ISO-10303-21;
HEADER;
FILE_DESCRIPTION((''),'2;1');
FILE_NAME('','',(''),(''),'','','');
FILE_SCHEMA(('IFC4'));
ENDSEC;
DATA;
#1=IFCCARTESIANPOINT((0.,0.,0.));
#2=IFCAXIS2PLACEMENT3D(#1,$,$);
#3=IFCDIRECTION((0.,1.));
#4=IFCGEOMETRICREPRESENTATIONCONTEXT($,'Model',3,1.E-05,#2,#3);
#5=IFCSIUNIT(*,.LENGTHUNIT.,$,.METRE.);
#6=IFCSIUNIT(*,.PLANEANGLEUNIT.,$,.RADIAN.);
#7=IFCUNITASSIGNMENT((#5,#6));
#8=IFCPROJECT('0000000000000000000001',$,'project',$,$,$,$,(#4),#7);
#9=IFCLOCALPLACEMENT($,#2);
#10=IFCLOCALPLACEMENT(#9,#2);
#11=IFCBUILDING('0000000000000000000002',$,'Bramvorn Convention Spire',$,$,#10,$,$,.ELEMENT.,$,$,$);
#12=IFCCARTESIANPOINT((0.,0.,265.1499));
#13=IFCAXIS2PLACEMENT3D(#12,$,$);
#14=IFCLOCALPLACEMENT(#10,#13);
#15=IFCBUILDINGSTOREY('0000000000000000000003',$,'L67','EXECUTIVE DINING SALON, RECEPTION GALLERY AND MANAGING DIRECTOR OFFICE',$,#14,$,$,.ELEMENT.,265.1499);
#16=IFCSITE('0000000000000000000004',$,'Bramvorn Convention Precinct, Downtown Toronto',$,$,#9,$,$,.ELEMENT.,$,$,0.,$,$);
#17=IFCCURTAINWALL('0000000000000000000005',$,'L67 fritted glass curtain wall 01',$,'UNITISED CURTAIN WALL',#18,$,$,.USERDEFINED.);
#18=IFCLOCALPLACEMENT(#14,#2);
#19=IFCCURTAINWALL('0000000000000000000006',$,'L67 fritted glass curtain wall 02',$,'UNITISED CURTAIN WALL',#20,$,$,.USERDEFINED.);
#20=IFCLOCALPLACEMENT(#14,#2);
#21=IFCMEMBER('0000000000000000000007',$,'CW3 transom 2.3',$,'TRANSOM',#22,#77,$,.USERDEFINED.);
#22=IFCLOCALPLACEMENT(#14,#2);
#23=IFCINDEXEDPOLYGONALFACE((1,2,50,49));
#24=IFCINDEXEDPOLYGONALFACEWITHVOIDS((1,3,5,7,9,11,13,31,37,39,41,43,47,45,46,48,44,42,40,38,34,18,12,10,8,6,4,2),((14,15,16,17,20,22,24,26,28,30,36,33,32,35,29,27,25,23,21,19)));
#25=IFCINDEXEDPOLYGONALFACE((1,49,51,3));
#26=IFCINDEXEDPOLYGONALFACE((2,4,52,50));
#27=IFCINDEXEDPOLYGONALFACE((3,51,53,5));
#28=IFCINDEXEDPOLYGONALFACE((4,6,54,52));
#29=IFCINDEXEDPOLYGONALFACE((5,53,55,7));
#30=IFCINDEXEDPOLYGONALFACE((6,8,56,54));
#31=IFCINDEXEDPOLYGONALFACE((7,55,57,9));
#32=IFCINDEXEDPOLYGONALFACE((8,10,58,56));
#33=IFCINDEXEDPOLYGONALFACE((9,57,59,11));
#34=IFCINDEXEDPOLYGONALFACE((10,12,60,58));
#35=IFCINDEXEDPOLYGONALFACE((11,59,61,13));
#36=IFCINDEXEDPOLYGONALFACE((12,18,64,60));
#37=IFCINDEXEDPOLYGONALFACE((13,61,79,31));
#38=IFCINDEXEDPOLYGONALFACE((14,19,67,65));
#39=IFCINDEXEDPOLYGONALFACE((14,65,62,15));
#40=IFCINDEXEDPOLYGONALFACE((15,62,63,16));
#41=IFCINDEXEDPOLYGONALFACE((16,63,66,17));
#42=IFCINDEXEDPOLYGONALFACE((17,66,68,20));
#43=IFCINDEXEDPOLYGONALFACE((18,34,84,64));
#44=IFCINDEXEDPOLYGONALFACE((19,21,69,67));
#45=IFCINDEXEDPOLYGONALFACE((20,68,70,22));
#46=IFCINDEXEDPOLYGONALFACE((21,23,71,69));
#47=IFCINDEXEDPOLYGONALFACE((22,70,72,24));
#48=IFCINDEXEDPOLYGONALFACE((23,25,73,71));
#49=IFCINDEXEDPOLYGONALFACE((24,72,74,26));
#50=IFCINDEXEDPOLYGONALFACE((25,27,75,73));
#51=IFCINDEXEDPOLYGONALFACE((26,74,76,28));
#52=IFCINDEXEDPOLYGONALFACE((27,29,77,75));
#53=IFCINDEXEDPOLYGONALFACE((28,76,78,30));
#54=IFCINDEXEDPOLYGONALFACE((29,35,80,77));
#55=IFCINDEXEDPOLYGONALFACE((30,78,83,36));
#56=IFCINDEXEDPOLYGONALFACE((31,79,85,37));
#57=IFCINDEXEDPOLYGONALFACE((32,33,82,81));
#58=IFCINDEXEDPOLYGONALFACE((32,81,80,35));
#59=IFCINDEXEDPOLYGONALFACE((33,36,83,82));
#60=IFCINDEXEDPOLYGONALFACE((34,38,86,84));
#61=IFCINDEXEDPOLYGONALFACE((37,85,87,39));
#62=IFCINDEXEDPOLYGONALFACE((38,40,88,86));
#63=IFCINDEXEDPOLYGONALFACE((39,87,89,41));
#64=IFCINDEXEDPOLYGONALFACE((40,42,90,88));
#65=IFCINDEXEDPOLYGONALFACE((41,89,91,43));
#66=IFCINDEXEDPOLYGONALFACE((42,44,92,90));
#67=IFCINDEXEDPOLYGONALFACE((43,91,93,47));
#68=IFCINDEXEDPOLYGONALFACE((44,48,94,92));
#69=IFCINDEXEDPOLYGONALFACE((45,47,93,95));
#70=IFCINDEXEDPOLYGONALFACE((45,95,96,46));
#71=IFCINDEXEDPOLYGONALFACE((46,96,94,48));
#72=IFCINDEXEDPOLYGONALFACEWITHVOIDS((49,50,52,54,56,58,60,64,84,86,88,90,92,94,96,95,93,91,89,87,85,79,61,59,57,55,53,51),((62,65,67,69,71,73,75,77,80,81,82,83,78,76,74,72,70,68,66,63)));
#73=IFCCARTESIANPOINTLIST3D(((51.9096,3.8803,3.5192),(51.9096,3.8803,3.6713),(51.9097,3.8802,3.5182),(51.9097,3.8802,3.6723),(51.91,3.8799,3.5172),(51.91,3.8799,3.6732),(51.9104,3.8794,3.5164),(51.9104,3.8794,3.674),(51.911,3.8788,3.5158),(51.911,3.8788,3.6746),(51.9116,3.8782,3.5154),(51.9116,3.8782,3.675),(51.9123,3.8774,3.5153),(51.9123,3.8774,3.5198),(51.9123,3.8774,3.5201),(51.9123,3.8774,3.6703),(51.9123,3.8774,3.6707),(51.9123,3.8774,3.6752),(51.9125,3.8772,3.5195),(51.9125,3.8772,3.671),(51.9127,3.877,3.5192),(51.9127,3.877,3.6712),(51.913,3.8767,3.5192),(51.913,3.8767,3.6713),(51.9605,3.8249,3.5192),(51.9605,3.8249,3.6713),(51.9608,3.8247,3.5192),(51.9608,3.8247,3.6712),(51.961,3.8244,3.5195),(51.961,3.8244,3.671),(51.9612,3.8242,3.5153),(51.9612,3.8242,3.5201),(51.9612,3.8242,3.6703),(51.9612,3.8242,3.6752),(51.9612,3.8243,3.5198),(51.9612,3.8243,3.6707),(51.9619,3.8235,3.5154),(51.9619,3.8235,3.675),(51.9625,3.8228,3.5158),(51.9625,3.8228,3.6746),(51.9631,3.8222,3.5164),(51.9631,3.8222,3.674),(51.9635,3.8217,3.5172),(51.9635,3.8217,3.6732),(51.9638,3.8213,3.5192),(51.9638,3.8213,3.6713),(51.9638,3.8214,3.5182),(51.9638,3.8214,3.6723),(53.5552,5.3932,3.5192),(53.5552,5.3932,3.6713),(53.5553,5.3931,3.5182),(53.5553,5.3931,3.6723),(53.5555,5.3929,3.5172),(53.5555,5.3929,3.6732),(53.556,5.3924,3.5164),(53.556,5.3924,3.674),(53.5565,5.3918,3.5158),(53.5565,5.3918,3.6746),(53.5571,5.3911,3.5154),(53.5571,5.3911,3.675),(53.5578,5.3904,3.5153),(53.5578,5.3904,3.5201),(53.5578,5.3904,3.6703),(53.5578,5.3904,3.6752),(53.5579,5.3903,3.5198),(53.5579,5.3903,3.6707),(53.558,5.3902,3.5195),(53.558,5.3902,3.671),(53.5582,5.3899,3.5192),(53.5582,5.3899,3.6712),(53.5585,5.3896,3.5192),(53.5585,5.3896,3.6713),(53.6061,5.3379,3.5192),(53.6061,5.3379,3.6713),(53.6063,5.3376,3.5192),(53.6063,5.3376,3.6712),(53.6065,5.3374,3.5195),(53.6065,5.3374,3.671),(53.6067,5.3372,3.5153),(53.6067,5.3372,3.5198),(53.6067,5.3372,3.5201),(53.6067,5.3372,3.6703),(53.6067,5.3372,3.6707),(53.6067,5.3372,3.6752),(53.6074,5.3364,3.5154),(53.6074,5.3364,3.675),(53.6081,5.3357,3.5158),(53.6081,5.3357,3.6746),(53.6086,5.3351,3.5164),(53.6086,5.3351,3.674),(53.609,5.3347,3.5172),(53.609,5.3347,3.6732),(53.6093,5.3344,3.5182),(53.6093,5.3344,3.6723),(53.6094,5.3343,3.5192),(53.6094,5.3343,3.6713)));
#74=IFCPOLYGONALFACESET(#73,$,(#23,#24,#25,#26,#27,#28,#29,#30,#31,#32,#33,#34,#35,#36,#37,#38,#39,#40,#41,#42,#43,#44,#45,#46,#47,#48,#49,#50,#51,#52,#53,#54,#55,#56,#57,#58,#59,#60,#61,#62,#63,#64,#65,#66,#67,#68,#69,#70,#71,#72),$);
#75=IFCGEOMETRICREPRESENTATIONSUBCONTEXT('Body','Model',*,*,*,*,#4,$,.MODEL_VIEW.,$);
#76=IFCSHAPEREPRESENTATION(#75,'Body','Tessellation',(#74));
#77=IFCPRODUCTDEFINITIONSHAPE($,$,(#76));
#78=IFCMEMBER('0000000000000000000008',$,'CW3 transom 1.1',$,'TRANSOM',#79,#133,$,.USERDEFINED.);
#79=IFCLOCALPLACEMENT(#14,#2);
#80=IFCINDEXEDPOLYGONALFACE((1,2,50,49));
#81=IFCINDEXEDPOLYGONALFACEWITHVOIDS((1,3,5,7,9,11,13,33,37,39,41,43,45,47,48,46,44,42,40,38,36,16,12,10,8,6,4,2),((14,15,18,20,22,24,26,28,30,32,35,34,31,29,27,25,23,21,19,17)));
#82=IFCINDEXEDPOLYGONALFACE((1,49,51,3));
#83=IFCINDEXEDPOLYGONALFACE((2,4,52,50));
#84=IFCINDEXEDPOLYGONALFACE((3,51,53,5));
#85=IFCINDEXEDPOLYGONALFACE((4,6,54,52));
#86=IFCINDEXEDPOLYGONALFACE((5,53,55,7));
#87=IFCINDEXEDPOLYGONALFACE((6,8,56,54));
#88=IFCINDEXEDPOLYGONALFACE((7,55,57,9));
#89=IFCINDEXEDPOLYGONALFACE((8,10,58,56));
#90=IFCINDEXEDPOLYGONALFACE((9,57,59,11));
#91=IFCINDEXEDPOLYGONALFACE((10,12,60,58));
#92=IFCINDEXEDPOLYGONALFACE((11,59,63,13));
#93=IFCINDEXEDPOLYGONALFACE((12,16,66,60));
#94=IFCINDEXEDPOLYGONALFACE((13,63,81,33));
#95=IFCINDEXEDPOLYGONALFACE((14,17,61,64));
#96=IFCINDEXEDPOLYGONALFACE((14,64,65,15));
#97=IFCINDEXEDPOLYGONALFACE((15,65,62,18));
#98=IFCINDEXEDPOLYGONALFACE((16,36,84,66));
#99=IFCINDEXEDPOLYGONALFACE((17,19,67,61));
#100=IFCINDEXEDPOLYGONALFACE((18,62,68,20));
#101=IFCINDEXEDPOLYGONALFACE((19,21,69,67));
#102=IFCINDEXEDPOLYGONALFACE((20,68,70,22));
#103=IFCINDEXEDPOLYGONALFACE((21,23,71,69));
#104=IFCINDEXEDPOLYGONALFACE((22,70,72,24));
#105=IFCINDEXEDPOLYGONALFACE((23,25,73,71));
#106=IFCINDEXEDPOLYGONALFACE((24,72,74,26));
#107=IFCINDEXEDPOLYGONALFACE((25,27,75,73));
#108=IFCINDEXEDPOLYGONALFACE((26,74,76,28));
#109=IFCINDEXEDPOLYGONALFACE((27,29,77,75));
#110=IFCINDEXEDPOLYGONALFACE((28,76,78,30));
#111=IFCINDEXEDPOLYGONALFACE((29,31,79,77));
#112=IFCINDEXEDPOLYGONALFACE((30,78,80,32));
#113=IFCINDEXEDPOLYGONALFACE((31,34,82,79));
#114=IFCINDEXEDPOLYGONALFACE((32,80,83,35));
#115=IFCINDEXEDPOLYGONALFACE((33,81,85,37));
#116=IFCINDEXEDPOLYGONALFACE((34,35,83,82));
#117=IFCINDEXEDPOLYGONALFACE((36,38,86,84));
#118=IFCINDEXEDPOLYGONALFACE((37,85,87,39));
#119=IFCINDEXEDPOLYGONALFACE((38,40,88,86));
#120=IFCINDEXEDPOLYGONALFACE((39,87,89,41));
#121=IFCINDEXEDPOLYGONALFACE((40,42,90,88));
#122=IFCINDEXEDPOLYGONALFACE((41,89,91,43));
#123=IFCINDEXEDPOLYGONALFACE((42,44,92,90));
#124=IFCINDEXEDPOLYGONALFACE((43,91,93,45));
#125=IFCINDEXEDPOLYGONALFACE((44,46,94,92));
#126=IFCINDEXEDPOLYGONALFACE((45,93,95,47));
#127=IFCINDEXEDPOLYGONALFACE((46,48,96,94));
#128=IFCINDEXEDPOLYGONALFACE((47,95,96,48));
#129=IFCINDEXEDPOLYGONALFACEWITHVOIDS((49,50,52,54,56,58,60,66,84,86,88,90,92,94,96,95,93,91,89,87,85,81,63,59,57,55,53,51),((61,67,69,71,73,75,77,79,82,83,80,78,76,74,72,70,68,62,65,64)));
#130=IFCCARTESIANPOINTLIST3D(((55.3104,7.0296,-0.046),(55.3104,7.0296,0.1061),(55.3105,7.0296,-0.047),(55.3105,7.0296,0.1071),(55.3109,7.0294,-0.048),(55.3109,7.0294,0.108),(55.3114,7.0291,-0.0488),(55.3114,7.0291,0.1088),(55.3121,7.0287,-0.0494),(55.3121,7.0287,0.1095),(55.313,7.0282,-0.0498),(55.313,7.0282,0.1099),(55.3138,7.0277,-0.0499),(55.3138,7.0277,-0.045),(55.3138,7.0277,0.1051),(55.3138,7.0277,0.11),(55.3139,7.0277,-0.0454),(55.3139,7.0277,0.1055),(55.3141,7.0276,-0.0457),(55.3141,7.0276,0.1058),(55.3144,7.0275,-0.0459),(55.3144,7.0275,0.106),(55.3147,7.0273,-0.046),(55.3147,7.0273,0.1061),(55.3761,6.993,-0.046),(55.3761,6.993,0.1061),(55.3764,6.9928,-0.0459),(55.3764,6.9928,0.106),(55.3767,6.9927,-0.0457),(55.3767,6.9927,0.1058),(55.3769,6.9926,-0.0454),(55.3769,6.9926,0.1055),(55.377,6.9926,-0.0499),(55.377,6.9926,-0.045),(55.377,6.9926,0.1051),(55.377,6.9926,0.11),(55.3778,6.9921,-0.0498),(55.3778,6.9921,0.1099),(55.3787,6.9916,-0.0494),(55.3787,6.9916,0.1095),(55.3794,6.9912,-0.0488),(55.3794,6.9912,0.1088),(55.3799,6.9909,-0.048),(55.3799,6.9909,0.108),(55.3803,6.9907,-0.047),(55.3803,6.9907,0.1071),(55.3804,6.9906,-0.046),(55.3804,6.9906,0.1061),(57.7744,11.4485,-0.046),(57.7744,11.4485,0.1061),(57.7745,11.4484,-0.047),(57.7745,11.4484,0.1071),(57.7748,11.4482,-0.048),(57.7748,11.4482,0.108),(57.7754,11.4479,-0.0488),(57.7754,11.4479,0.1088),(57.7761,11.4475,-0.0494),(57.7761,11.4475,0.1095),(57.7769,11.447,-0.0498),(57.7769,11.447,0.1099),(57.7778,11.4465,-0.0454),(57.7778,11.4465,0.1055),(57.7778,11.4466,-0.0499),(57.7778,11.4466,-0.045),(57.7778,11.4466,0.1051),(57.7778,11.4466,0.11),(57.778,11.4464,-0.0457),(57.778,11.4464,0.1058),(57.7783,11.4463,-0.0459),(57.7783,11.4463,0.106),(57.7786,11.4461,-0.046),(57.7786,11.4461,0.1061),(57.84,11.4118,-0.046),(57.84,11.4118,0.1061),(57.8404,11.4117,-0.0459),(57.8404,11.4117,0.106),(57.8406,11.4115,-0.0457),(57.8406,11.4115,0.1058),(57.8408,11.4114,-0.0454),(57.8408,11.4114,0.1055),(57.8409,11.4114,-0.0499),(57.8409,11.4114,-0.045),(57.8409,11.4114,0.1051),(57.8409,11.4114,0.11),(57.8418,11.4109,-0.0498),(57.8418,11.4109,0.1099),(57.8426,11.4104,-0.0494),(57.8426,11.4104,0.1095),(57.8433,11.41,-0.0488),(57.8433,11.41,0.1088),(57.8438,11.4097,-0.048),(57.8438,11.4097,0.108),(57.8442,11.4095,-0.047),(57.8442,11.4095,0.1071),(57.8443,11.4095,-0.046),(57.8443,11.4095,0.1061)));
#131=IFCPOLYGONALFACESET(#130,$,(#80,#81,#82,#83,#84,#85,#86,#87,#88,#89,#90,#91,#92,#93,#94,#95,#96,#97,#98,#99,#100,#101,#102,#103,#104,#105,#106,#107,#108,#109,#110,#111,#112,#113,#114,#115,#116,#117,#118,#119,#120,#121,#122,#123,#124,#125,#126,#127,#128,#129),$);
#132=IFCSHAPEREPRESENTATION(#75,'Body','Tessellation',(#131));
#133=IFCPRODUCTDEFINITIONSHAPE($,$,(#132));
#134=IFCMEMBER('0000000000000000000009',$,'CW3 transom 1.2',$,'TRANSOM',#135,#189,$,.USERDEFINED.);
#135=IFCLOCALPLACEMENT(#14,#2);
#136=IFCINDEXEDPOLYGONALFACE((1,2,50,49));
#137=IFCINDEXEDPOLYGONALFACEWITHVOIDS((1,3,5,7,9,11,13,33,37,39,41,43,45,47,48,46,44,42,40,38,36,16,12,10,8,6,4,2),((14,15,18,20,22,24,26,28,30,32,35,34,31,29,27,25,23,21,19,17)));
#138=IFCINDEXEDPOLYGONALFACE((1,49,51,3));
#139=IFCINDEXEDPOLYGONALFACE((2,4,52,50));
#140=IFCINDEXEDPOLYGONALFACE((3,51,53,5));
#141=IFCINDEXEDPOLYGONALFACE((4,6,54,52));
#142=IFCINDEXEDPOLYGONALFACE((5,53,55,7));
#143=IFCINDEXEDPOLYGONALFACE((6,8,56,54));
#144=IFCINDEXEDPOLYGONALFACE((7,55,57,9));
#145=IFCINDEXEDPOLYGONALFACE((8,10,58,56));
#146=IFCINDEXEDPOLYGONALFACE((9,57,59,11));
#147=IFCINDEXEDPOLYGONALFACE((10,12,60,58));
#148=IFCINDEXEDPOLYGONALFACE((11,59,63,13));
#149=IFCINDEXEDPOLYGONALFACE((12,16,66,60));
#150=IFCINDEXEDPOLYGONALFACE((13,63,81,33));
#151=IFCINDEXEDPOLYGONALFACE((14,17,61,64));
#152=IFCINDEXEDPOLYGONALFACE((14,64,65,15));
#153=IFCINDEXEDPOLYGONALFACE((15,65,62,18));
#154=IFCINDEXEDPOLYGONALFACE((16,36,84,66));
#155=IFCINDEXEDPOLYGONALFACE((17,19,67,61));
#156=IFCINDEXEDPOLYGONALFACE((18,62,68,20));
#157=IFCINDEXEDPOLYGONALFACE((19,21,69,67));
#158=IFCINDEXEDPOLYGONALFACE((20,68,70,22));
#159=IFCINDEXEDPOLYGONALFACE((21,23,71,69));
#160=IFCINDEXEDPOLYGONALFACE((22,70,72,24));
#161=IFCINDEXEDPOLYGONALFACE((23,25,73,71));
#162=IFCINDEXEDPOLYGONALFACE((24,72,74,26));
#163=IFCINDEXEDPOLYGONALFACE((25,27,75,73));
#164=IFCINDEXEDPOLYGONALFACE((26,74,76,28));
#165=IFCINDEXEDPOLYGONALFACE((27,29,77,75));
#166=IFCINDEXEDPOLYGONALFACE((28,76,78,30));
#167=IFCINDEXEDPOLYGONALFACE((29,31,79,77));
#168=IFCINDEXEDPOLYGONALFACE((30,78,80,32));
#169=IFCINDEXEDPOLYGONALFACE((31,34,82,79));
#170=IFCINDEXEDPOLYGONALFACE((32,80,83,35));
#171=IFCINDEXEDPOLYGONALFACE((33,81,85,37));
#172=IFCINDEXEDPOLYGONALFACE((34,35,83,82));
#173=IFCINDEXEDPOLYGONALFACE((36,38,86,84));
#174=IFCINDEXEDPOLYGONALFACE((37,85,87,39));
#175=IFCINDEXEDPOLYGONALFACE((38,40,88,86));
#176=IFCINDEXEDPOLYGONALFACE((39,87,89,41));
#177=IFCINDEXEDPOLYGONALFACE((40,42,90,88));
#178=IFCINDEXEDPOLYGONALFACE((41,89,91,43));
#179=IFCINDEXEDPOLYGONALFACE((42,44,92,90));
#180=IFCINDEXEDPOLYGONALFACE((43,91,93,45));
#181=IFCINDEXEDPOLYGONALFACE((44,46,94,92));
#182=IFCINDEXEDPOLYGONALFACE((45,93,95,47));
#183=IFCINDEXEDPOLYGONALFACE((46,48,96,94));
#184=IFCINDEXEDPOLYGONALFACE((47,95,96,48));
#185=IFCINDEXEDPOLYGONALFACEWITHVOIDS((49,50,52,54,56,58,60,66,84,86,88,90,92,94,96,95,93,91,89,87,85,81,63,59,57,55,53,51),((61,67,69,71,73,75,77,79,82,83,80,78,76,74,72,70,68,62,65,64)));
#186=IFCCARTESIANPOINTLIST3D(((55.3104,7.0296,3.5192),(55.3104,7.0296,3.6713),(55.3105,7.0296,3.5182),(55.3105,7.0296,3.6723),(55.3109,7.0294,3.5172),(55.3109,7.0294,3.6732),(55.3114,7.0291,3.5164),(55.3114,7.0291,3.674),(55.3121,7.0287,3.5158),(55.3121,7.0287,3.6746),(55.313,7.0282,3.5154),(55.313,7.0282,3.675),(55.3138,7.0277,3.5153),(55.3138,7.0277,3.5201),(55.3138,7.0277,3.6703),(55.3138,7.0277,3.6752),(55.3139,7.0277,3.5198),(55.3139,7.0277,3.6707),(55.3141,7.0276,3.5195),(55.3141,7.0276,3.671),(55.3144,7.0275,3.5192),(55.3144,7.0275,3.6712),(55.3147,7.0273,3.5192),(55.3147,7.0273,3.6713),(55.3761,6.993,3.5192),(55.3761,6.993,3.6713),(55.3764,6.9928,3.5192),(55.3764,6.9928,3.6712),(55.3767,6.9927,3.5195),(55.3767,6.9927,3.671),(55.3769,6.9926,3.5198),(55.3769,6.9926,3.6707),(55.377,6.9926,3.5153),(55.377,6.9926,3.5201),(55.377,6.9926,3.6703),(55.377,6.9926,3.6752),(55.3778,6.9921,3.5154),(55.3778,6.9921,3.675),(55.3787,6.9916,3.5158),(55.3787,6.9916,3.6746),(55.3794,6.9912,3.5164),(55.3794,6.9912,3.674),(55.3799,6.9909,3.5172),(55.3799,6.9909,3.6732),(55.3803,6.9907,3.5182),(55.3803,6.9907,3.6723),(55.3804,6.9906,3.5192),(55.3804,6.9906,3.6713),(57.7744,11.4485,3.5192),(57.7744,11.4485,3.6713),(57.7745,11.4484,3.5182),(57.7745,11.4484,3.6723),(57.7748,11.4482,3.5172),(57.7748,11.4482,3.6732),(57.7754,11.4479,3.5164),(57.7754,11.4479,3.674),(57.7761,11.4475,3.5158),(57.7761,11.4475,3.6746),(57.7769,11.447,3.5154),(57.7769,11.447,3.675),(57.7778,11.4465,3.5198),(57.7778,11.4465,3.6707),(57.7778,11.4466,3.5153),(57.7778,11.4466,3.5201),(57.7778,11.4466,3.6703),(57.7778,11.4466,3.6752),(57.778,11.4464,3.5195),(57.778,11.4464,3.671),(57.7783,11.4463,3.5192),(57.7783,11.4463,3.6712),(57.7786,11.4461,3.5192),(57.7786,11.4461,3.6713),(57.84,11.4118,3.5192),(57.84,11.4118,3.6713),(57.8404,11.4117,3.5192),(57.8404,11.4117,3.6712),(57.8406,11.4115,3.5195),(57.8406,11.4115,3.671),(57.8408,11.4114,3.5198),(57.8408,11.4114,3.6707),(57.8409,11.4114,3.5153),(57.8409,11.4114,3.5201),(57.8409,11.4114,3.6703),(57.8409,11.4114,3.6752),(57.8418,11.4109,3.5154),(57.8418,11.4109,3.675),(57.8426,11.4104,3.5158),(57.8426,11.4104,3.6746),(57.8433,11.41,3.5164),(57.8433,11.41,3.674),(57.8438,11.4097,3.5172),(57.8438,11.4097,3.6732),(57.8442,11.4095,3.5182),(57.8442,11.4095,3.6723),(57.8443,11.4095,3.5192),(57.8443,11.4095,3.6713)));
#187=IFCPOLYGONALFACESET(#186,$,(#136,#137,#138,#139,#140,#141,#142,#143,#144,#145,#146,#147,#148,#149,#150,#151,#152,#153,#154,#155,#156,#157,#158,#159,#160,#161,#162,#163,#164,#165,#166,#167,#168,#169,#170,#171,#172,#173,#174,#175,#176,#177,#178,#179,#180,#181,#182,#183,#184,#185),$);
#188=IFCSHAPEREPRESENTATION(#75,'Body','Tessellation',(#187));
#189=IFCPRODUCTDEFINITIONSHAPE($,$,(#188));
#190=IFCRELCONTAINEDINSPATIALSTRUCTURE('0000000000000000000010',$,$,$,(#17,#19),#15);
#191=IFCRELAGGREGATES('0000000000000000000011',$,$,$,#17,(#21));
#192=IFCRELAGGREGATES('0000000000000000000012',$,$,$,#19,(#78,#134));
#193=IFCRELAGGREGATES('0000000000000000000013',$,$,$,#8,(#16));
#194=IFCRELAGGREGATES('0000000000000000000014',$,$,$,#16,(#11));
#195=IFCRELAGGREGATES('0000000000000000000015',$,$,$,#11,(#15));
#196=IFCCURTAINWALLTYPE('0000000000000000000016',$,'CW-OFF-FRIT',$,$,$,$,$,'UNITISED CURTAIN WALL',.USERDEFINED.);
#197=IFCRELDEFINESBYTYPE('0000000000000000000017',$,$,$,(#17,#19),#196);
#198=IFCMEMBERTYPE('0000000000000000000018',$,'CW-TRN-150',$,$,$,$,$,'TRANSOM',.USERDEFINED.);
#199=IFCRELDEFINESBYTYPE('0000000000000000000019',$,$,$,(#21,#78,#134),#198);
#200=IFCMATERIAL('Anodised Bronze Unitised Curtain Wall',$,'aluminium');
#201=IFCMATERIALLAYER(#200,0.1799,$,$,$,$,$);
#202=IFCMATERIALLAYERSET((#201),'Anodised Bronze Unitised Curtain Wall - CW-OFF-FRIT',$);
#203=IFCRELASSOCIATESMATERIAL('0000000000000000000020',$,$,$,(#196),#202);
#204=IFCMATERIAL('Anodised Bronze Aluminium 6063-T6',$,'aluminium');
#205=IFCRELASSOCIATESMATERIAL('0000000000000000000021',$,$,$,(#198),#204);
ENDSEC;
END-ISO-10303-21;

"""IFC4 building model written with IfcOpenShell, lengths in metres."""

from ifc_helpers import new_model, si_unit, direction, frame, origin, origin_2d, place, context, subcontext, project, spatial, hollow_rectangle, extrude, material, layer, layer_set, material_profile, profile_set, type_object, element, aggregate, save


model = new_model("IFC4")

# Units and contexts
model_context = context("Model", 3, precision=1e-05, world=origin(), true_north=direction((0.0, 1.0)))
body_context = subcontext(model_context, "Body", "Model", "MODEL_VIEW")
ifc_project = project(units=[si_unit("LENGTHUNIT", "METRE"), si_unit("PLANEANGLEUNIT", "RADIAN")], contexts=[model_context])

# Site, building, storey
site_placement = place(None, origin())
site = spatial("IfcSite", under=ifc_project, at=site_placement, Name="Bramvorn Convention Precinct, Downtown Toronto", CompositionType="ELEMENT", RefElevation=0.0)
building_placement = place(site_placement, origin())
building = spatial("IfcBuilding", under=site, at=building_placement, Name="Bramvorn Convention Spire", CompositionType="ELEMENT")
storey_placement = place(building_placement, frame((0.0, 0.0, 265.1499)))
storey = spatial("IfcBuildingStorey", under=building, at=storey_placement, Name="L67", Description="EXECUTIVE DINING SALON, RECEPTION GALLERY AND MANAGING DIRECTOR OFFICE", CompositionType="ELEMENT", Elevation=265.1499)

# Curtain walls
ifc_material_1 = material(Name="Anodised Bronze Unitised Curtain Wall", Category="aluminium")
ifc_layer_1 = layer(ifc_material_1, 0.1799)
ifc_layer_set_1 = layer_set([ifc_layer_1], Name="Anodised Bronze Unitised Curtain Wall - CW-OFF-FRIT")
curtain_wall_type = type_object("IfcCurtainWallType", Name="CW-OFF-FRIT", ElementType="UNITISED CURTAIN WALL", PredefinedType="USERDEFINED", material=ifc_layer_set_1)
curtain_wall_1_placement = place(storey_placement, origin())
curtain_wall_1 = element("IfcCurtainWall", 1, at=curtain_wall_1_placement, inside=storey, type_object=curtain_wall_type, Name="L67 fritted glass curtain wall 01", ObjectType="UNITISED CURTAIN WALL", PredefinedType="USERDEFINED")
ifc_material_2 = material(Name="Anodised Bronze Aluminium 6063-T6", Category="aluminium")
curtain_wall_2_placement = place(storey_placement, origin())
curtain_wall_2 = element("IfcCurtainWall", 2, at=curtain_wall_2_placement, inside=storey, type_object=curtain_wall_type, Name="L67 fritted glass curtain wall 02", ObjectType="UNITISED CURTAIN WALL", PredefinedType="USERDEFINED")

# Members
ifc_material_profile_1 = material_profile(ifc_material_2, hollow_rectangle(XDim=0.0801, YDim=0.1599, WallThickness=0.0039, InnerFilletRadius=0.001, OuterFilletRadius=0.0039, at=origin_2d()))
ifc_profile_set_1 = profile_set([ifc_material_profile_1], Name="Anodised Bronze Aluminium 6063-T6 - CWT80X160")
member_type_1 = type_object("IfcMemberType", Name="CW-TRN-150", ElementType="TRANSOM", PredefinedType="USERDEFINED", material=ifc_profile_set_1)
member_1_placement = place(storey_placement, frame((53.5823, 5.3638, 3.5952), z_axis=(-0.736138, -0.676832, 0.0), x_axis=(0.676832, -0.736138, 0.0)))
member_1 = element("IfcMember", 3, at=member_1_placement, type_object=member_type_1, Name="CW3 transom 2.3", ObjectType="TRANSOM", PredefinedType="USERDEFINED", context=body_context, shape_type="SweptSolid", body=[
    extrude(hollow_rectangle(XDim=0.0801, YDim=0.1599, WallThickness=0.0039, InnerFilletRadius=0.001, OuterFilletRadius=0.0039, at=origin_2d()), origin(), (0.0, 0.0, 1.0), 2.2354),
])
member_2_placement = place(storey_placement, frame((57.8093, 11.429, 0.03), z_axis=(-0.487007, -0.873398, 0.0), x_axis=(0.873398, -0.487007, 0.0)))
member_2 = element("IfcMember", 4, at=member_2_placement, type_object=member_type_1, Name="CW3 transom 1.1", ObjectType="TRANSOM", PredefinedType="USERDEFINED", context=body_context, shape_type="SweptSolid", body=[
    extrude(hollow_rectangle(XDim=0.0801, YDim=0.1599, WallThickness=0.0039, InnerFilletRadius=0.001, OuterFilletRadius=0.0039, at=origin_2d()), origin(), (0.0, 0.0, 1.0), 5.0593),
])
member_3_placement = place(storey_placement, frame((57.8093, 11.429, 3.5952), z_axis=(-0.487007, -0.873398, 0.0), x_axis=(0.873398, -0.487007, 0.0)))
member_3 = element("IfcMember", 5, at=member_3_placement, type_object=member_type_1, Name="CW3 transom 1.2", ObjectType="TRANSOM", PredefinedType="USERDEFINED", context=body_context, shape_type="SweptSolid", body=[
    extrude(hollow_rectangle(XDim=0.0801, YDim=0.1599, WallThickness=0.0039, InnerFilletRadius=0.001, OuterFilletRadius=0.0039, at=origin_2d()), origin(), (0.0, 0.0, 1.0), 5.0593),
])

aggregate(curtain_wall_1, [member_1])
aggregate(curtain_wall_2, [member_2, member_3])

save(model, "model.ifc")
